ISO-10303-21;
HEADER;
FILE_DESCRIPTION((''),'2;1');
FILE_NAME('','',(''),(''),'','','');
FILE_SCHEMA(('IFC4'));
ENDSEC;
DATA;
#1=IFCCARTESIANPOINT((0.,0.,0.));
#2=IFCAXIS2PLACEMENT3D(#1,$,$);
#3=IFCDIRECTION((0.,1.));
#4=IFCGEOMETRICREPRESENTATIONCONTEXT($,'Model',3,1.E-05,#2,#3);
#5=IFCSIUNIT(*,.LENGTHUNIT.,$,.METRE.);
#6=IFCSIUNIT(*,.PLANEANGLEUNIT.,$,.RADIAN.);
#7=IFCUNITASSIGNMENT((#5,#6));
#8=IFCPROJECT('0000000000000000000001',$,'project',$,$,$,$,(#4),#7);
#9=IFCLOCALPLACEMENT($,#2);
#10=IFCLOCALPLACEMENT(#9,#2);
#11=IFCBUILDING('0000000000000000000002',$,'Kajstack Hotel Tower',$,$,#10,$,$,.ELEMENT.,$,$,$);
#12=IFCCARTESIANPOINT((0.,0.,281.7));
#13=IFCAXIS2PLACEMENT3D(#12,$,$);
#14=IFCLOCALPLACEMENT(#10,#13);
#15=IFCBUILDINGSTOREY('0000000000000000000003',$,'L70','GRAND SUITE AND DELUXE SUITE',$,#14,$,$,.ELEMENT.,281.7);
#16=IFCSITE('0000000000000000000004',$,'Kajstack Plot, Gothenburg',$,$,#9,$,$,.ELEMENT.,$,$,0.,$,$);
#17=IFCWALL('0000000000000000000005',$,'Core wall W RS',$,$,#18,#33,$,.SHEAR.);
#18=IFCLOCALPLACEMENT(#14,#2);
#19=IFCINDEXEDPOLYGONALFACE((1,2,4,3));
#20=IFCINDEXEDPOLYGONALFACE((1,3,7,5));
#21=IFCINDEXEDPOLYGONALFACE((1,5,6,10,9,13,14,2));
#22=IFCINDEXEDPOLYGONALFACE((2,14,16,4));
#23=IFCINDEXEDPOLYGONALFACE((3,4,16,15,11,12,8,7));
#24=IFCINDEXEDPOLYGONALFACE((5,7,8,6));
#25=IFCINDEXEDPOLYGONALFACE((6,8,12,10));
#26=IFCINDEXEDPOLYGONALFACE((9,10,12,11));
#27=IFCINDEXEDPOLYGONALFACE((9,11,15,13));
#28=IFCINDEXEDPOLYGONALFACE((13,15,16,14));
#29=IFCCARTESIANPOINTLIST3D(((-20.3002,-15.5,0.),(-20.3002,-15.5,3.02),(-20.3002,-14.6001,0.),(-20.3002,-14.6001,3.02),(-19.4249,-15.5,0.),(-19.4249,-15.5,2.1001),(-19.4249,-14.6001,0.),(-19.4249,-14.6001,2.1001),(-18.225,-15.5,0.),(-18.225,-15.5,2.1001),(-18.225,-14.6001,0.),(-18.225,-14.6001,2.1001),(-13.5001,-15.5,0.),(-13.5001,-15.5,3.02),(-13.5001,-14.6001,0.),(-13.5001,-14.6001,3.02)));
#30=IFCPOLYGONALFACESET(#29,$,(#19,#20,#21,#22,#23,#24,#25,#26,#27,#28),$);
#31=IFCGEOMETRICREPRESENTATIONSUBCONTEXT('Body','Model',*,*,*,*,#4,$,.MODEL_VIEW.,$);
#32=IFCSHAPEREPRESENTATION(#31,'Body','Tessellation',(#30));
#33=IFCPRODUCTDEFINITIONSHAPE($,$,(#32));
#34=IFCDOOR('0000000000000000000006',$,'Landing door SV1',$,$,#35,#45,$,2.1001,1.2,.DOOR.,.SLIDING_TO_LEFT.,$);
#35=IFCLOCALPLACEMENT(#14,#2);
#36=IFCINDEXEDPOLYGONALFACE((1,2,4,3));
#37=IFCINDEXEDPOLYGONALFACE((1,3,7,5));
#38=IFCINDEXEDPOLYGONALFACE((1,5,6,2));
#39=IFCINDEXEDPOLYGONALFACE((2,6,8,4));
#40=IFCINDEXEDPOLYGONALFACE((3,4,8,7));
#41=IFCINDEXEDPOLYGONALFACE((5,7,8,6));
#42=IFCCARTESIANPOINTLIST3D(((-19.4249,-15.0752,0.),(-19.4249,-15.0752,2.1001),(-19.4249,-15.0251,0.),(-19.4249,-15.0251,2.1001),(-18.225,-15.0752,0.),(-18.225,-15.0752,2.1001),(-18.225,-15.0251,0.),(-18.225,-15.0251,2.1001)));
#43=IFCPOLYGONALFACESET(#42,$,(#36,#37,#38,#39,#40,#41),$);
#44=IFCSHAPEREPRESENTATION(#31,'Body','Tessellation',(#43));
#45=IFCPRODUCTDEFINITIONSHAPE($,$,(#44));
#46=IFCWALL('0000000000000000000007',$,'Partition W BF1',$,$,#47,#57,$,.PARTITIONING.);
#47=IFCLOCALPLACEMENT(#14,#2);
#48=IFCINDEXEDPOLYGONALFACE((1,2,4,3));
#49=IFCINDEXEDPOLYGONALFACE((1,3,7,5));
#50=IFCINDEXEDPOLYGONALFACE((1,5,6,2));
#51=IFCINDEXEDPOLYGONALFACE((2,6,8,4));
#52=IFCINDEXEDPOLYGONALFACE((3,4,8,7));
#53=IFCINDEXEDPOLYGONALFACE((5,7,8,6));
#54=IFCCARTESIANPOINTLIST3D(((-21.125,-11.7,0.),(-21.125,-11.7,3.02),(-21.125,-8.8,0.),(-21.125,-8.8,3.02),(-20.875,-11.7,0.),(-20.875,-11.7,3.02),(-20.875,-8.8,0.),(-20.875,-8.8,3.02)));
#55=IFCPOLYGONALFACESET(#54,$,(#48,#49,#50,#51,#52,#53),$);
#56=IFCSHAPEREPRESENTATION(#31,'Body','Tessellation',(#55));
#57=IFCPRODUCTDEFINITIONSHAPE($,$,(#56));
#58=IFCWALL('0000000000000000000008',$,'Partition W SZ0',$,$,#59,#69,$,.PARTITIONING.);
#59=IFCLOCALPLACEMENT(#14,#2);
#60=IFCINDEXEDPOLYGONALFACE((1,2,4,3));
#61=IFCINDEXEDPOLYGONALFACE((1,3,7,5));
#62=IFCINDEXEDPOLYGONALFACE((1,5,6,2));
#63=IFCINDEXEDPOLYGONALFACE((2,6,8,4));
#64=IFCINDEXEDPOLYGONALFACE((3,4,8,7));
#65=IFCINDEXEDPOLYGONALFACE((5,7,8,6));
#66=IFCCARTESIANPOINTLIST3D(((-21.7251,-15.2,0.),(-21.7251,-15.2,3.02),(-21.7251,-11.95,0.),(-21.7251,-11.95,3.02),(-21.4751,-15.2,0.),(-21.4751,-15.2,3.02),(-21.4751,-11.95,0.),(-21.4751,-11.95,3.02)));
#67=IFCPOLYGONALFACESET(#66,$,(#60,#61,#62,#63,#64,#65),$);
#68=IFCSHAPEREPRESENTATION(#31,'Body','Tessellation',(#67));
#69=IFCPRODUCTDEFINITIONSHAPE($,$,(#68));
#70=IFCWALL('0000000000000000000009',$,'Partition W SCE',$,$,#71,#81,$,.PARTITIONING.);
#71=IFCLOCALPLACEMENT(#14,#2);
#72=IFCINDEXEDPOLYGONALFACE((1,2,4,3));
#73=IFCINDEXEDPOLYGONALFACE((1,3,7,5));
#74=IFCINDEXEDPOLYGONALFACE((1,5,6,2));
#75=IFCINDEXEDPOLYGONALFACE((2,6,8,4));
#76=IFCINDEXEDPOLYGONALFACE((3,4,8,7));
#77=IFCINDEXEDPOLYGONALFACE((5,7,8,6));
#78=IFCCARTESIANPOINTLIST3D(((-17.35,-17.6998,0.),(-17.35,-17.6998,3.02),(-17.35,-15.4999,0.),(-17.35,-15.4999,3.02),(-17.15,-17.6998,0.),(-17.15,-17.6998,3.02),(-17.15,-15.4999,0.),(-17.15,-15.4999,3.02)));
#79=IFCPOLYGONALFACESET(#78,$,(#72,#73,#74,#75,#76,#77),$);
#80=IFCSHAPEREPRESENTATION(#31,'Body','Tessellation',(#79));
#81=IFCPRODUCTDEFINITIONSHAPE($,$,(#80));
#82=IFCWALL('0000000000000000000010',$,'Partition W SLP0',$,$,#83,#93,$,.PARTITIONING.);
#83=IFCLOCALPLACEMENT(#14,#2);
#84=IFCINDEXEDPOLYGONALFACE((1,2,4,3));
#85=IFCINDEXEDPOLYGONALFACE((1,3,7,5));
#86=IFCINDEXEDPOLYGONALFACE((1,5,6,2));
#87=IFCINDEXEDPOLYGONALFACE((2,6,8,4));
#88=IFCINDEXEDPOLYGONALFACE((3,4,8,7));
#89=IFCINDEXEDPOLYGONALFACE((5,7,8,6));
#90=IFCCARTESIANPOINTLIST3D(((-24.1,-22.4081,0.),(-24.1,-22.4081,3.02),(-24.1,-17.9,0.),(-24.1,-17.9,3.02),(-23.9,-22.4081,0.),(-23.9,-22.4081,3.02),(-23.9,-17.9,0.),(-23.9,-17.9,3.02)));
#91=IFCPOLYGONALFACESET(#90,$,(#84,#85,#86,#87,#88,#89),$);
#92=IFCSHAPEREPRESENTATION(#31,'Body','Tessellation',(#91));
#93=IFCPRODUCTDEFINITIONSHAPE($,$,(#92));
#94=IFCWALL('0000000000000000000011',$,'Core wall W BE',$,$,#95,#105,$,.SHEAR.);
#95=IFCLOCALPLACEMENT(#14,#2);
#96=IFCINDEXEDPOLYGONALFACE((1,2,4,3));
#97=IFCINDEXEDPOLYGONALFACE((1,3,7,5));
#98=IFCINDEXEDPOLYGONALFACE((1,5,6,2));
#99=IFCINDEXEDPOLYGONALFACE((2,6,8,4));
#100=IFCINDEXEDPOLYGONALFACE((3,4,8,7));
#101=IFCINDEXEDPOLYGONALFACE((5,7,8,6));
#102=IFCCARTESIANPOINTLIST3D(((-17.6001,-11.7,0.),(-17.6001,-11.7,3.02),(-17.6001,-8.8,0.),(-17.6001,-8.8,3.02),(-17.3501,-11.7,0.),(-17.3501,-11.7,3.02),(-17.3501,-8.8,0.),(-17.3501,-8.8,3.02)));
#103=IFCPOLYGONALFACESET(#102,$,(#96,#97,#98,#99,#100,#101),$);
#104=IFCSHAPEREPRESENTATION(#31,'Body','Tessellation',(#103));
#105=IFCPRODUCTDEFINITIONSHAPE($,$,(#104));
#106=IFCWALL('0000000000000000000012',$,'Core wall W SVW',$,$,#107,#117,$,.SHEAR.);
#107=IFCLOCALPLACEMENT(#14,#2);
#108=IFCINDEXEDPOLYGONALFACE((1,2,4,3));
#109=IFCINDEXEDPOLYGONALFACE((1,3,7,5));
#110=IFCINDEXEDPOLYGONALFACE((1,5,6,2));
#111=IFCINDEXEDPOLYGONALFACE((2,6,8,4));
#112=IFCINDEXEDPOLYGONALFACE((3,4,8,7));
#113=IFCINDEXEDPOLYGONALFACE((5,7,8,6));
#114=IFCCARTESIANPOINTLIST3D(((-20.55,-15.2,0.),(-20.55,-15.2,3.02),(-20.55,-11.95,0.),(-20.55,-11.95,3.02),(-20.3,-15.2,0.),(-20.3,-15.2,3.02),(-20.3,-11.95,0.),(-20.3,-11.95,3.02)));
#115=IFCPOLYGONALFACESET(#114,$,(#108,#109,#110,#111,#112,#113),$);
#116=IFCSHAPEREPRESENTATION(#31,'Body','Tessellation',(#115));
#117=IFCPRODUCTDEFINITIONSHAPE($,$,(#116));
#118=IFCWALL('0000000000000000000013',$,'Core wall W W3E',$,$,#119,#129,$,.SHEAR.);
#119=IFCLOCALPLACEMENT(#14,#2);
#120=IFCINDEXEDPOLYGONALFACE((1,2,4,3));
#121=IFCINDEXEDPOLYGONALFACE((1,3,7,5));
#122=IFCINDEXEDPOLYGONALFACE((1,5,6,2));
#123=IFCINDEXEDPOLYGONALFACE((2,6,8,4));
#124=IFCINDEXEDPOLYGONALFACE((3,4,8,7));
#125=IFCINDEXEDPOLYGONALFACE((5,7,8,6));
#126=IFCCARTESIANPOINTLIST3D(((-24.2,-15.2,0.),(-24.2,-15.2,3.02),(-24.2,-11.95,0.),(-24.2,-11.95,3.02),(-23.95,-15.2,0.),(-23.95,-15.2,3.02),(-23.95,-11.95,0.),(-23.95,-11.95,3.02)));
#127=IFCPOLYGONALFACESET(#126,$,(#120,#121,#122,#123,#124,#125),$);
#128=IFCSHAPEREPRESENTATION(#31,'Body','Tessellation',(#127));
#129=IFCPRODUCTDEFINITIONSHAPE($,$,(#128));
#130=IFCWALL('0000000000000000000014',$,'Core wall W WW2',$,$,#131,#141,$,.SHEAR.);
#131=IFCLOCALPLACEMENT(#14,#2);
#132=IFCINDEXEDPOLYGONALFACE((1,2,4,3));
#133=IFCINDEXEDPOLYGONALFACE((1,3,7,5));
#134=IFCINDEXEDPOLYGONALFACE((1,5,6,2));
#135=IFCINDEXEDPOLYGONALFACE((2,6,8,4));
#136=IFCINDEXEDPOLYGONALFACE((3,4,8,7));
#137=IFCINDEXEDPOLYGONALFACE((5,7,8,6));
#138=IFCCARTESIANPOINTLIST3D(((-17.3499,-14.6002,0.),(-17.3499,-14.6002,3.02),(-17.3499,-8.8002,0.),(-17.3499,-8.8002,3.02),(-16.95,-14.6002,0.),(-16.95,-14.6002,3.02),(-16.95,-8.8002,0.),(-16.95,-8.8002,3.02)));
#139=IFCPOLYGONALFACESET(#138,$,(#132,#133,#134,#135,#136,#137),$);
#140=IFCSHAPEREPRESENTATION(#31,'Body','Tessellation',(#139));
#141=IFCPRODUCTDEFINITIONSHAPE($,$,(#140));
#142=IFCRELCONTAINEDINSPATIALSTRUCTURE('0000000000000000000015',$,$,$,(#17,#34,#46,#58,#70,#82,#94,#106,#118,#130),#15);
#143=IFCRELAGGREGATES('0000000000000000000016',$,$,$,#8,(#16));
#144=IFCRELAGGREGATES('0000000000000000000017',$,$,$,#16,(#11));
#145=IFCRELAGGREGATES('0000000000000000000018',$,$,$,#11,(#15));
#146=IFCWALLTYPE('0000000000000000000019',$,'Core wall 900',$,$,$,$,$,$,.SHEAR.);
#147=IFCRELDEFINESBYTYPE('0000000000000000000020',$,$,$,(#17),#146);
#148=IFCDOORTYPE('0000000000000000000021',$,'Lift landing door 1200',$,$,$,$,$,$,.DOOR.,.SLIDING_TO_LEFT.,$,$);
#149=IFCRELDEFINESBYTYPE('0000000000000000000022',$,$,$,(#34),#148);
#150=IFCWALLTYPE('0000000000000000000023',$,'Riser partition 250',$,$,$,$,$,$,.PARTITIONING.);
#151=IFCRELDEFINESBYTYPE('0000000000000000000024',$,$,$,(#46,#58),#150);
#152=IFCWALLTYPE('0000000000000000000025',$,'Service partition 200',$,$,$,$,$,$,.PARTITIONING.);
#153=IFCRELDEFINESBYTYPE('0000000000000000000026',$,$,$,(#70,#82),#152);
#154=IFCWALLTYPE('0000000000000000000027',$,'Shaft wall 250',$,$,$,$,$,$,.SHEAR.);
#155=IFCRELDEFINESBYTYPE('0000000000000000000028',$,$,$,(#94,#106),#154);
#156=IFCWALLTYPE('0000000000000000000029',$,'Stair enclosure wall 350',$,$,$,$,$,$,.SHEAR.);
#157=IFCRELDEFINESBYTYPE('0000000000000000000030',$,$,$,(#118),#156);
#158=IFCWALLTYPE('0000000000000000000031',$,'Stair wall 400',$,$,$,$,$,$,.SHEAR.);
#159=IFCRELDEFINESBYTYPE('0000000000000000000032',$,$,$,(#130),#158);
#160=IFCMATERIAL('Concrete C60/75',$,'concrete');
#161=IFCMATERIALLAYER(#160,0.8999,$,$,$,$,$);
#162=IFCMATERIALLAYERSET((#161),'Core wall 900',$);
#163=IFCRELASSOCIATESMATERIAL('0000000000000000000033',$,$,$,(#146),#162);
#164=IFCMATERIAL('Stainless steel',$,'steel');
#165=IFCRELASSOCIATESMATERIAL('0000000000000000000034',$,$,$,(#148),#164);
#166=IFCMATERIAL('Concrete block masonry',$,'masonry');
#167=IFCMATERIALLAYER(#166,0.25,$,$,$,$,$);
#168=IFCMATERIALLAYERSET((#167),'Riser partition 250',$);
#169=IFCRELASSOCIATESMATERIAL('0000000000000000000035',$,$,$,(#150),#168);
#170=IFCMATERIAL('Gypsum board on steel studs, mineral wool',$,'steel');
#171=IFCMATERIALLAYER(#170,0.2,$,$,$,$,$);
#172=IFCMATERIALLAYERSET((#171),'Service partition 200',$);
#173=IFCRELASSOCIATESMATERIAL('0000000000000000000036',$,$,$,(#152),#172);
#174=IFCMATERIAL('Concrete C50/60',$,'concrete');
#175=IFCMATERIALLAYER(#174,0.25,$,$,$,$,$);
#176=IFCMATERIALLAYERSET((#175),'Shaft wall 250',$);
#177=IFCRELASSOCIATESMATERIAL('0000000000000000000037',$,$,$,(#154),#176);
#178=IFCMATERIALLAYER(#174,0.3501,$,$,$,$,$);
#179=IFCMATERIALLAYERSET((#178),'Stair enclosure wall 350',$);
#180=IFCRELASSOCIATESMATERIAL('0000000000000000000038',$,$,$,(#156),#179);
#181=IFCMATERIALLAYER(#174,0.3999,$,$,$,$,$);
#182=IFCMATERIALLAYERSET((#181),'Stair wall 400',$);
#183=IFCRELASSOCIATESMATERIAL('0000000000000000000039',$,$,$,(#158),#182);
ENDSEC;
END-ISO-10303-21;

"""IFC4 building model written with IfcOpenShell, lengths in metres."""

from ifc_helpers import new_model, si_unit, direction, frame, frame_2d, origin, place, context, subcontext, project, spatial, rectangle, extrude, material, layer, layer_set, type_object, element, fill, save


model = new_model("IFC4")

# Units and contexts
model_context = context("Model", 3, precision=1e-05, world=origin(), true_north=direction((0.0, 1.0)))
body_context = subcontext(model_context, "Body", "Model", "MODEL_VIEW")
ifc_project = project(units=[si_unit("LENGTHUNIT", "METRE"), si_unit("PLANEANGLEUNIT", "RADIAN")], contexts=[model_context])

# Site, building, storey
site_placement = place(None, origin())
site = spatial("IfcSite", under=ifc_project, at=site_placement, Name="Kajstack Plot, Gothenburg", CompositionType="ELEMENT", RefElevation=0.0)
building_placement = place(site_placement, origin())
building = spatial("IfcBuilding", under=site, at=building_placement, Name="Kajstack Hotel Tower", CompositionType="ELEMENT")
storey_placement = place(building_placement, frame((0.0, 0.0, 281.7)))
storey = spatial("IfcBuildingStorey", under=building, at=storey_placement, Name="L70", Description="GRAND SUITE AND DELUXE SUITE", CompositionType="ELEMENT", Elevation=281.7)

# Wall, opening, door
ifc_material_1 = material(Name="Concrete C60/75", Category="concrete")
ifc_layer_1 = layer(ifc_material_1, 0.8999)
ifc_layer_set_1 = layer_set([ifc_layer_1], Name="Core wall 900")
wall_type_1 = type_object("IfcWallType", Name="Core wall 900", PredefinedType="SHEAR", material=ifc_layer_set_1)
wall_1_placement = place(storey_placement, frame((-20.3, -15.05, 0.0), z_axis=(0.0, 0.0, 1.0), x_axis=(1.0, 0.0, 0.0)))
wall_1 = element("IfcWall", 1, at=wall_1_placement, inside=storey, type_object=wall_type_1, Name="Core wall W RS", PredefinedType="SHEAR", context=body_context, shape_type="SweptSolid", body=[
    extrude(rectangle(XDim=6.8, YDim=0.8999, at=frame_2d((3.3999, 0.0))), origin(), (0.0, 0.0, 1.0), 3.02),
])
opening_placement = place(wall_1_placement, frame((0.875, 0.0, 0.0)))
opening = element("IfcOpeningElement", 2, at=opening_placement, cuts=wall_1, PredefinedType="OPENING", context=body_context, shape_type="SweptSolid", body=[
    extrude(rectangle(XDim=1.2, YDim=2.1001, at=frame_2d((0.6001, 1.05))), frame((0.0, 0.46, 0.0), z_axis=(0.0, -1.0, 0.0), x_axis=(1.0, 0.0, 0.0)), (0.0, 0.0, 1.0), 0.9199),
])
ifc_material_2 = material(Name="Stainless steel", Category="steel")
door_type = type_object("IfcDoorType", Name="Lift landing door 1200", OperationType="SLIDING_TO_LEFT", PredefinedType="DOOR", material=ifc_material_2)
door_placement = place(opening_placement, origin())
door = element("IfcDoor", 3, at=door_placement, inside=storey, type_object=door_type, Name="Landing door SV1", OperationType="SLIDING_TO_LEFT", OverallHeight=2.1001, OverallWidth=1.2, PredefinedType="DOOR", context=body_context, shape_type="SweptSolid", body=[
    extrude(rectangle(XDim=1.2, YDim=2.1001, at=frame_2d((0.6001, 1.05))), frame((0.0, 0.0249, 0.0), z_axis=(0.0, -1.0, 0.0), x_axis=(1.0, 0.0, 0.0)), (0.0, 0.0, 1.0), 0.05),
])
fill(opening, door)

# Walls
ifc_material_3 = material(Name="Concrete block masonry", Category="masonry")
ifc_layer_2 = layer(ifc_material_3, 0.25)
ifc_layer_set_2 = layer_set([ifc_layer_2], Name="Riser partition 250")
wall_type_2 = type_object("IfcWallType", Name="Riser partition 250", PredefinedType="PARTITIONING", material=ifc_layer_set_2)
wall_2_placement = place(storey_placement, frame((-21.0, -11.7, 0.0), z_axis=(0.0, 0.0, 1.0), x_axis=(0.0, 1.0, 0.0)))
element("IfcWall", 4, at=wall_2_placement, inside=storey, type_object=wall_type_2, Name="Partition W BF1", PredefinedType="PARTITIONING", context=body_context, shape_type="SweptSolid", body=[
    extrude(rectangle(XDim=2.8999, YDim=0.25, at=frame_2d((1.45, 0.0))), origin(), (0.0, 0.0, 1.0), 3.02),
])
wall_3_placement = place(storey_placement, frame((-21.6001, -15.2, 0.0), z_axis=(0.0, 0.0, 1.0), x_axis=(0.0, 1.0, 0.0)))
element("IfcWall", 5, at=wall_3_placement, inside=storey, type_object=wall_type_2, Name="Partition W SZ0", PredefinedType="PARTITIONING", context=body_context, shape_type="SweptSolid", body=[
    extrude(rectangle(XDim=3.25, YDim=0.25, at=frame_2d((1.625, 0.0))), origin(), (0.0, 0.0, 1.0), 3.02),
])
ifc_material_4 = material(Name="Gypsum board on steel studs, mineral wool", Category="steel")
ifc_layer_3 = layer(ifc_material_4, 0.2)
ifc_layer_set_3 = layer_set([ifc_layer_3], Name="Service partition 200")
wall_type_3 = type_object("IfcWallType", Name="Service partition 200", PredefinedType="PARTITIONING", material=ifc_layer_set_3)
wall_4_placement = place(storey_placement, frame((-17.25, -17.7, 0.0), z_axis=(0.0, 0.0, 1.0), x_axis=(0.0, 1.0, 0.0)))
element("IfcWall", 6, at=wall_4_placement, inside=storey, type_object=wall_type_3, Name="Partition W SCE", PredefinedType="PARTITIONING", context=body_context, shape_type="SweptSolid", body=[
    extrude(rectangle(XDim=2.2, YDim=0.2, at=frame_2d((1.1001, 0.0))), origin(), (0.0, 0.0, 1.0), 3.02),
])
wall_5_placement = place(storey_placement, frame((-24.0, -22.408, 0.0), z_axis=(0.0, 0.0, 1.0), x_axis=(0.0, 1.0, 0.0)))
element("IfcWall", 7, at=wall_5_placement, inside=storey, type_object=wall_type_3, Name="Partition W SLP0", PredefinedType="PARTITIONING", context=body_context, shape_type="SweptSolid", body=[
    extrude(rectangle(XDim=4.5081, YDim=0.2, at=frame_2d((2.2539, 0.0))), origin(), (0.0, 0.0, 1.0), 3.02),
])
ifc_material_5 = material(Name="Concrete C50/60", Category="concrete")
ifc_layer_4 = layer(ifc_material_5, 0.25)
ifc_layer_set_4 = layer_set([ifc_layer_4], Name="Shaft wall 250")
wall_type_4 = type_object("IfcWallType", Name="Shaft wall 250", PredefinedType="SHEAR", material=ifc_layer_set_4)
wall_6_placement = place(storey_placement, frame((-17.4751, -11.7, 0.0), z_axis=(0.0, 0.0, 1.0), x_axis=(0.0, 1.0, 0.0)))
element("IfcWall", 8, at=wall_6_placement, inside=storey, type_object=wall_type_4, Name="Core wall W BE", PredefinedType="SHEAR", context=body_context, shape_type="SweptSolid", body=[
    extrude(rectangle(XDim=2.8999, YDim=0.25, at=frame_2d((1.45, 0.0))), origin(), (0.0, 0.0, 1.0), 3.02),
])
wall_7_placement = place(storey_placement, frame((-20.425, -15.2, 0.0), z_axis=(0.0, 0.0, 1.0), x_axis=(0.0, 1.0, 0.0)))
element("IfcWall", 9, at=wall_7_placement, inside=storey, type_object=wall_type_4, Name="Core wall W SVW", PredefinedType="SHEAR", context=body_context, shape_type="SweptSolid", body=[
    extrude(rectangle(XDim=3.25, YDim=0.25, at=frame_2d((1.625, 0.0))), origin(), (0.0, 0.0, 1.0), 3.02),
])
ifc_layer_5 = layer(ifc_material_5, 0.3501)
ifc_layer_set_5 = layer_set([ifc_layer_5], Name="Stair enclosure wall 350")
wall_type_5 = type_object("IfcWallType", Name="Stair enclosure wall 350", PredefinedType="SHEAR", material=ifc_layer_set_5)
wall_8_placement = place(storey_placement, frame((-24.075, -15.2, 0.0), z_axis=(0.0, 0.0, 1.0), x_axis=(0.0, 1.0, 0.0)))
element("IfcWall", 10, at=wall_8_placement, inside=storey, type_object=wall_type_5, Name="Core wall W W3E", PredefinedType="SHEAR", context=body_context, shape_type="SweptSolid", body=[
    extrude(rectangle(XDim=3.25, YDim=0.25, at=frame_2d((1.625, 0.0))), origin(), (0.0, 0.0, 1.0), 3.02),
])
ifc_layer_6 = layer(ifc_material_5, 0.3999)
ifc_layer_set_6 = layer_set([ifc_layer_6], Name="Stair wall 400")
wall_type_6 = type_object("IfcWallType", Name="Stair wall 400", PredefinedType="SHEAR", material=ifc_layer_set_6)
wall_9_placement = place(storey_placement, frame((-17.1499, -14.6001, 0.0), z_axis=(0.0, 0.0, 1.0), x_axis=(0.0, 1.0, 0.0)))
element("IfcWall", 11, at=wall_9_placement, inside=storey, type_object=wall_type_6, Name="Core wall W WW2", PredefinedType="SHEAR", context=body_context, shape_type="SweptSolid", body=[
    extrude(rectangle(XDim=5.8, YDim=0.3999, at=frame_2d((2.8999, 0.0))), origin(), (0.0, 0.0, 1.0), 3.02),
])

save(model, "model.ifc")
